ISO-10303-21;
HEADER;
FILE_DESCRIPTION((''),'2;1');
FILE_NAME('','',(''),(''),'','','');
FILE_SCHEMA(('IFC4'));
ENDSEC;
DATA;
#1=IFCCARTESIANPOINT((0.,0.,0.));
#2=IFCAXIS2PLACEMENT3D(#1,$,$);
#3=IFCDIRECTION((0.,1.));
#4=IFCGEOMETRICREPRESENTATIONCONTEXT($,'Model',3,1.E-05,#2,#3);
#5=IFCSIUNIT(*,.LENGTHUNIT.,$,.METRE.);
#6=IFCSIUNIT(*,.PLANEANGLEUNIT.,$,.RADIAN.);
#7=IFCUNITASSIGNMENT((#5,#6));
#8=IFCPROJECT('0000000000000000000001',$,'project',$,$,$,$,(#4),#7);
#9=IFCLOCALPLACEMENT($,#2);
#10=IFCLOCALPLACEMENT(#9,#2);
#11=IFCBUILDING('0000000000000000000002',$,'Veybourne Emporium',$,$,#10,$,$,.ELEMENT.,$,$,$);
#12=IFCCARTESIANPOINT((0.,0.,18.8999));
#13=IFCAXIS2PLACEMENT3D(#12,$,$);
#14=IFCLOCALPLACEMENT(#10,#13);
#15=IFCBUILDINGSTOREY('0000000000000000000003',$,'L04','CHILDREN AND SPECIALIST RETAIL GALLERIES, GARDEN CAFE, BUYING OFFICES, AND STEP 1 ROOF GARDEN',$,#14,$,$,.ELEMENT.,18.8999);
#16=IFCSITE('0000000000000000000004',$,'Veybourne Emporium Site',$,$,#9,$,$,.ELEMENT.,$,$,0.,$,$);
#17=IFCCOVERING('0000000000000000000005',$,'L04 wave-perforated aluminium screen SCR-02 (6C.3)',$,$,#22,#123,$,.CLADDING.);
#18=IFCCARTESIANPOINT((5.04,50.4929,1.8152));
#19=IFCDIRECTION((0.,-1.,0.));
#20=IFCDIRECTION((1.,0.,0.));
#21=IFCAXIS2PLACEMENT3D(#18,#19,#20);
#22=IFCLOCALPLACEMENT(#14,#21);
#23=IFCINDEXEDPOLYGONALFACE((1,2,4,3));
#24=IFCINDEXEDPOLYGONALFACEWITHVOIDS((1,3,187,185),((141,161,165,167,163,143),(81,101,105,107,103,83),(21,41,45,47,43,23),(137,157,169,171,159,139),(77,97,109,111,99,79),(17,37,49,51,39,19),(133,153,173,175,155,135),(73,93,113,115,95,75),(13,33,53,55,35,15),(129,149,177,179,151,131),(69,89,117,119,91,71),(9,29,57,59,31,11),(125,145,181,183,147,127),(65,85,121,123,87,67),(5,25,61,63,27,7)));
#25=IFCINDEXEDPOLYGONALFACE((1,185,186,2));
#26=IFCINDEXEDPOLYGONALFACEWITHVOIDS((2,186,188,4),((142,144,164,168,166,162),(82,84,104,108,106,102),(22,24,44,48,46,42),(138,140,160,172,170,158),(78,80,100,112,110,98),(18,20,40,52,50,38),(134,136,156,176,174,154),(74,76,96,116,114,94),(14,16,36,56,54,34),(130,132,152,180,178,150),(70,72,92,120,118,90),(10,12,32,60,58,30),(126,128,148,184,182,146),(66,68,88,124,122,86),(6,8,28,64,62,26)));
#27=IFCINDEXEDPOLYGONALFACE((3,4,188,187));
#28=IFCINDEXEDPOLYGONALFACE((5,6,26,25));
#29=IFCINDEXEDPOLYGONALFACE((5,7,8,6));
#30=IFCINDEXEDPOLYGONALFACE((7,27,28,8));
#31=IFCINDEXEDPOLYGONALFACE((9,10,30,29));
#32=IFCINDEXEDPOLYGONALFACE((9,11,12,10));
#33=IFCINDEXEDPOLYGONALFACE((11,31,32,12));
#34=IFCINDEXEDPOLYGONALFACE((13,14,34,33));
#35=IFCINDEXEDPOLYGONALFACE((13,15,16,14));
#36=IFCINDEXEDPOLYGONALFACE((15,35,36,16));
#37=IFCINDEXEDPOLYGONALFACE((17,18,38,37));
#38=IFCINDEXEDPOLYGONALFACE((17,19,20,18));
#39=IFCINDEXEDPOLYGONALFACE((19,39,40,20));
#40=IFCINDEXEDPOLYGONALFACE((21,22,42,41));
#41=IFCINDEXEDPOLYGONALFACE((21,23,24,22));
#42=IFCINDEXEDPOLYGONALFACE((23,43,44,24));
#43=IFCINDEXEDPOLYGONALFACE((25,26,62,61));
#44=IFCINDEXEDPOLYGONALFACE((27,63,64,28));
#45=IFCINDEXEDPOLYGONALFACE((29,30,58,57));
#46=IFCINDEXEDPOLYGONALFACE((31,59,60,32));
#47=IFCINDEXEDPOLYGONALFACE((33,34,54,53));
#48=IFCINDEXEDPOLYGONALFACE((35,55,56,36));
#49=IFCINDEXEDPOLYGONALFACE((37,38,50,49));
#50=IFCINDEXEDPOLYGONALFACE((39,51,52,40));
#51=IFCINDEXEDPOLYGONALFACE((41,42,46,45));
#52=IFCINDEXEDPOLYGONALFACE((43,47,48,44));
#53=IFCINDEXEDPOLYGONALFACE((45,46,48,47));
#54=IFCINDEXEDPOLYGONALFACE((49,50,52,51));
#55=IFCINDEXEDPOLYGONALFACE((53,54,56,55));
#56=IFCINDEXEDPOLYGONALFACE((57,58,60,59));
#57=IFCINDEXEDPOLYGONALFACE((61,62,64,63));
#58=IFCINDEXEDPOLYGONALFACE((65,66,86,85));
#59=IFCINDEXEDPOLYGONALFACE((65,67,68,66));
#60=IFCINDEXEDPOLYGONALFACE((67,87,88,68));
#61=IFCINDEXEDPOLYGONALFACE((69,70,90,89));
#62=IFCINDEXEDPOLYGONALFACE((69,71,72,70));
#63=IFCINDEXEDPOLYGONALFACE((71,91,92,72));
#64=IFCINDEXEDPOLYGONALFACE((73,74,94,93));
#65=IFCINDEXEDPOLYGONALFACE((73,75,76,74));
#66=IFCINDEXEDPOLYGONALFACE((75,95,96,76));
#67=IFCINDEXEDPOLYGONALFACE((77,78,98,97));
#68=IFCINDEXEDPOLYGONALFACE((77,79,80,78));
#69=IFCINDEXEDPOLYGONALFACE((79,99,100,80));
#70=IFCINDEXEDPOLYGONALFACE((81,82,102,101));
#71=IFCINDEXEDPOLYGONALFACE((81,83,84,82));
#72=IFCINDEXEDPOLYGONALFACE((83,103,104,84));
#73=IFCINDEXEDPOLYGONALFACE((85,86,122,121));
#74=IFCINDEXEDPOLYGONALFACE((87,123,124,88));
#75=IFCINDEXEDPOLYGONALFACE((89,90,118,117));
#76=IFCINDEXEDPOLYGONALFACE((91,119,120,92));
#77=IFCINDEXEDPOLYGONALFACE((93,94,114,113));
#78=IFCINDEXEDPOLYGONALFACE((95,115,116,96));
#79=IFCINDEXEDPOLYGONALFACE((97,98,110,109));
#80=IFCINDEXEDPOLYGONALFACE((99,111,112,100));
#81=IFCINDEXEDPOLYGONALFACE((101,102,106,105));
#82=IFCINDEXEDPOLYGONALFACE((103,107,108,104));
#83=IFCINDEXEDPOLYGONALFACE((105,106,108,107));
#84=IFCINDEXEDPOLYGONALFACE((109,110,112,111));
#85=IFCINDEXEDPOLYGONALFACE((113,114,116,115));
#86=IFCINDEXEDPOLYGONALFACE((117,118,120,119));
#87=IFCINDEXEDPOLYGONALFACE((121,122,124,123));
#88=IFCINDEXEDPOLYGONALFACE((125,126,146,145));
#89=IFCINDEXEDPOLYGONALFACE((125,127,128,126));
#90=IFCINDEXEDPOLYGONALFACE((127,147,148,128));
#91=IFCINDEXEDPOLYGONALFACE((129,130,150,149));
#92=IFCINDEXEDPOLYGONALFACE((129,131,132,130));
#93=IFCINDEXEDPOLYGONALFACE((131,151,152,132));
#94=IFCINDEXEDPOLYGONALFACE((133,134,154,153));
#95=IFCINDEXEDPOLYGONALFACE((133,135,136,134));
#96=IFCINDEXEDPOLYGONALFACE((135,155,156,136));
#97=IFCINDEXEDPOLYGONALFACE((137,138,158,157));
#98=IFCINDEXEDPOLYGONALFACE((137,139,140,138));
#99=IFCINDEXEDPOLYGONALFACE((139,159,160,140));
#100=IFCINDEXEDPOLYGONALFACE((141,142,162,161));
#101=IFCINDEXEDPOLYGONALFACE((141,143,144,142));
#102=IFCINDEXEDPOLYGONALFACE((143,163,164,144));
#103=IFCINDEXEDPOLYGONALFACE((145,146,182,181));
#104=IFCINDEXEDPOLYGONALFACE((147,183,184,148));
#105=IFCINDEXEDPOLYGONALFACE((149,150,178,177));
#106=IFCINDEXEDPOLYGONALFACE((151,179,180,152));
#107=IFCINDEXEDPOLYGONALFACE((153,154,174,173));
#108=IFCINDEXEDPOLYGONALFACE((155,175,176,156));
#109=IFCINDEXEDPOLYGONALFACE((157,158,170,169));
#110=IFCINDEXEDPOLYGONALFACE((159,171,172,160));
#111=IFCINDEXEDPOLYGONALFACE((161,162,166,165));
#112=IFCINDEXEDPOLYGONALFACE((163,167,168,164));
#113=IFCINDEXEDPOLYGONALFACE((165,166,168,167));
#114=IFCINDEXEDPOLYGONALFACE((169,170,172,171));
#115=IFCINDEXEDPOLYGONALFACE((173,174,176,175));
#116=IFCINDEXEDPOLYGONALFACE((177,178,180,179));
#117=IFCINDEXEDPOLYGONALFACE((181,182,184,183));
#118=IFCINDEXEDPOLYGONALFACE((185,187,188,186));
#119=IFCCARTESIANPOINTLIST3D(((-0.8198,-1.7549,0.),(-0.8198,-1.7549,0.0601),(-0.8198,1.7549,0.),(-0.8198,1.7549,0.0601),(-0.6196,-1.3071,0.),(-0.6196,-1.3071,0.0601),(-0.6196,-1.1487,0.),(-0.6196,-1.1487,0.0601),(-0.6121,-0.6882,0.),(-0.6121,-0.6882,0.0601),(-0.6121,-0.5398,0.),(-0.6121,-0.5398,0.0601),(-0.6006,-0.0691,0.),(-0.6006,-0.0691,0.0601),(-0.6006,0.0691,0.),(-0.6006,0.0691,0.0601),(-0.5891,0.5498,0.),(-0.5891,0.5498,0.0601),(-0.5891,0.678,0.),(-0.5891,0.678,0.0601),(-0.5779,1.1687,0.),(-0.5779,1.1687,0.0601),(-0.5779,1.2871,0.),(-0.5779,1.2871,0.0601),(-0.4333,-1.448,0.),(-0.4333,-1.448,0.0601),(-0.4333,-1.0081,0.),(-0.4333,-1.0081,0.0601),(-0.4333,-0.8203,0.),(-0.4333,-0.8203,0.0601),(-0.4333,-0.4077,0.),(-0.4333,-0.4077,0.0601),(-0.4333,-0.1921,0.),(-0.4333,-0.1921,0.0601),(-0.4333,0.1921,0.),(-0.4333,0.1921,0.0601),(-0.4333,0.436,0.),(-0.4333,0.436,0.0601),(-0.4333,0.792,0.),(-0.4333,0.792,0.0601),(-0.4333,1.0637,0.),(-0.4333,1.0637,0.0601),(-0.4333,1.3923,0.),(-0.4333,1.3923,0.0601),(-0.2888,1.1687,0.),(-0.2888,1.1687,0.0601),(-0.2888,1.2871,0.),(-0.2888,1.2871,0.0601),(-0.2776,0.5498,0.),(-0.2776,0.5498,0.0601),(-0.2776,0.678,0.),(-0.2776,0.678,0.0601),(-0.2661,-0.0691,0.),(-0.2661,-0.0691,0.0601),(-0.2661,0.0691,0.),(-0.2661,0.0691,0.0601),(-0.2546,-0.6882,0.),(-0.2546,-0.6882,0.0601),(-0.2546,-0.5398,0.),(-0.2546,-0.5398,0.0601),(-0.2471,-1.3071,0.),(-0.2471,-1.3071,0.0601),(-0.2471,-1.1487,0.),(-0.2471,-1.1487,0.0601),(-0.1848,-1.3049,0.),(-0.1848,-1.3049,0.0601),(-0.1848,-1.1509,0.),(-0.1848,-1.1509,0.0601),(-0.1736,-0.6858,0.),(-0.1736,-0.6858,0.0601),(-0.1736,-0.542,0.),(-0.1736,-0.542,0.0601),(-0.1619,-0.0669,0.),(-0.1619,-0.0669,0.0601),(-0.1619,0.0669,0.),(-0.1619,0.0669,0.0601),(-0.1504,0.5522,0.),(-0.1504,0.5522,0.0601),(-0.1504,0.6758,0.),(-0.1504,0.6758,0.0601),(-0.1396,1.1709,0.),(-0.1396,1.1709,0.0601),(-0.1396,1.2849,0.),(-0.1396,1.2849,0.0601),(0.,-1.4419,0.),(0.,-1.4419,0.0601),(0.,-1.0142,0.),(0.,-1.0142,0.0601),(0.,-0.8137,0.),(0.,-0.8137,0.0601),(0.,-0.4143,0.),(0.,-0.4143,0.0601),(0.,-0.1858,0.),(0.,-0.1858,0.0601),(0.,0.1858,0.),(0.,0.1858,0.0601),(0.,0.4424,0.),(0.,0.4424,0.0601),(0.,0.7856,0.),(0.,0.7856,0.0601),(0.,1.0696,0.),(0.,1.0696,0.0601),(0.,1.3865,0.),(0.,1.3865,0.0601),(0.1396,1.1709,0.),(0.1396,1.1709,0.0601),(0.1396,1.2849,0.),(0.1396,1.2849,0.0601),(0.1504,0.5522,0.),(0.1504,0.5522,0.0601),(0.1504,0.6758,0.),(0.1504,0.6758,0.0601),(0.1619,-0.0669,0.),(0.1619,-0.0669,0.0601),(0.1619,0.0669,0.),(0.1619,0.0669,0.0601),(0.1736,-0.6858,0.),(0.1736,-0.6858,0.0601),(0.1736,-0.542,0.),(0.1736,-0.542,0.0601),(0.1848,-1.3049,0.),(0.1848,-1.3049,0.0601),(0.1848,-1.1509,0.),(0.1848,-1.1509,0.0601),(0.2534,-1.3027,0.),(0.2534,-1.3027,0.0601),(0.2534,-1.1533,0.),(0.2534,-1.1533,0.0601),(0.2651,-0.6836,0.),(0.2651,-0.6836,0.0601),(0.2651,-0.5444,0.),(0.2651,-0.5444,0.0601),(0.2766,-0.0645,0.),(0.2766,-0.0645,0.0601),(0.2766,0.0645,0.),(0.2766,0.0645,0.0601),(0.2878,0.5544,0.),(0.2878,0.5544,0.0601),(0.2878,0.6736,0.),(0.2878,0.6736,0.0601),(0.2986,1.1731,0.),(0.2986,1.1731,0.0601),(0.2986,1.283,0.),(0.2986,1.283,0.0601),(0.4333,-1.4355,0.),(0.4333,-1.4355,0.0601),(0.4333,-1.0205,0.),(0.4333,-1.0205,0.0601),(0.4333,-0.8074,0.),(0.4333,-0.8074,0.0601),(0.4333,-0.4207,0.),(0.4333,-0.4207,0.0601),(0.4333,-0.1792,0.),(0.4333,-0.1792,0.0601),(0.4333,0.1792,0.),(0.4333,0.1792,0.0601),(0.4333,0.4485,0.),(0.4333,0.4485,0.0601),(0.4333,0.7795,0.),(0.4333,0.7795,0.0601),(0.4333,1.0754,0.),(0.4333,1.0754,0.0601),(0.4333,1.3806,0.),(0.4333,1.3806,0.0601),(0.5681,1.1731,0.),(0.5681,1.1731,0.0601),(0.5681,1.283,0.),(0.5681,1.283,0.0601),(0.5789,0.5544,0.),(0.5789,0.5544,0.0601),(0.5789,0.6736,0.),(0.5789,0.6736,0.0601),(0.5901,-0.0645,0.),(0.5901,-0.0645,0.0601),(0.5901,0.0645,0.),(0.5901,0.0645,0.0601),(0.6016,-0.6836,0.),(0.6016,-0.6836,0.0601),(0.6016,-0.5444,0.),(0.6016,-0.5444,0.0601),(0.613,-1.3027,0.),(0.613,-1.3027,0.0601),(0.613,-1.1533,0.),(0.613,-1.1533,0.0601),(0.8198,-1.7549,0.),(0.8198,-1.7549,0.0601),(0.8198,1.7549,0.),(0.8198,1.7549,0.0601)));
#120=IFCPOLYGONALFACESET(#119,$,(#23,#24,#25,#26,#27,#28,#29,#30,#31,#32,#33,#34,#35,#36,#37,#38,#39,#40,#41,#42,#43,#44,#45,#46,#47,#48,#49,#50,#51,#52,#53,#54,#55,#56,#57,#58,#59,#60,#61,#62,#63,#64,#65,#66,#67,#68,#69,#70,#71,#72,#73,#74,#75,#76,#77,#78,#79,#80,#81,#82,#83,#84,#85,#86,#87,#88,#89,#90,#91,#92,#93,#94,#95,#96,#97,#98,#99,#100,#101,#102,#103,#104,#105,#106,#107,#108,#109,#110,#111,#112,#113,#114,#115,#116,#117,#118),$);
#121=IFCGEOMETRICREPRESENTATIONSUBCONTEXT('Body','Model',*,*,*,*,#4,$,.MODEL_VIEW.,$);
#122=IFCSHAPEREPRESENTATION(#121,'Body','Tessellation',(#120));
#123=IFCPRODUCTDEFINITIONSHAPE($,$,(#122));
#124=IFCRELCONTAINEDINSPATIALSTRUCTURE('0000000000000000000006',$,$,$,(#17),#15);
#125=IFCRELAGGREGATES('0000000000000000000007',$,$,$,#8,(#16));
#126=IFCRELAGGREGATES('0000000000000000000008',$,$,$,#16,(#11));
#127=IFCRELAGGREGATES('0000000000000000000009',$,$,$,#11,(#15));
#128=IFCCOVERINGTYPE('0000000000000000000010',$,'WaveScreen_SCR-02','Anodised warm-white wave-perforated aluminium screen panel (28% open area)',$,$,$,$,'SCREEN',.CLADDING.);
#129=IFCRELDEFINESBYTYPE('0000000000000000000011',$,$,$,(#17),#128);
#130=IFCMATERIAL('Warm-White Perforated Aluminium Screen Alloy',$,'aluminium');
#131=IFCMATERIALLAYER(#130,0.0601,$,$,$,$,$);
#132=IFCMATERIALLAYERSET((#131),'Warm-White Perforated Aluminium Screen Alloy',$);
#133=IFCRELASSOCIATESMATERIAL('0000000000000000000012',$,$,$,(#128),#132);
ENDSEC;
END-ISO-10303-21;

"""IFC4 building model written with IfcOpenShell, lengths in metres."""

from ifc_helpers import new_model, si_unit, direction, frame, origin, place, context, subcontext, project, spatial, polyline, outline, extrude, material, layer, layer_set, type_object, element, save


model = new_model("IFC4")

# Units and contexts
model_context = context("Model", 3, precision=1e-05, world=origin(), true_north=direction((0.0, 1.0)))
body_context = subcontext(model_context, "Body", "Model", "MODEL_VIEW")
ifc_project = project(units=[si_unit("LENGTHUNIT", "METRE"), si_unit("PLANEANGLEUNIT", "RADIAN")], contexts=[model_context])

# Site, building, storey
site_placement = place(None, origin())
site = spatial("IfcSite", under=ifc_project, at=site_placement, Name="Veybourne Emporium Site", CompositionType="ELEMENT", RefElevation=0.0)
building_placement = place(site_placement, origin())
building = spatial("IfcBuilding", under=site, at=building_placement, Name="Veybourne Emporium", CompositionType="ELEMENT")
storey_placement = place(building_placement, frame((0.0, 0.0, 18.8999)))
storey = spatial("IfcBuildingStorey", under=building, at=storey_placement, Name="L04", Description="CHILDREN AND SPECIALIST RETAIL GALLERIES, GARDEN CAFE, BUYING OFFICES, AND STEP 1 ROOF GARDEN", CompositionType="ELEMENT", Elevation=18.8999)

# Covering
ifc_material_1 = material(Name="Warm-White Perforated Aluminium Screen Alloy", Category="aluminium")
ifc_layer_1 = layer(ifc_material_1, 0.0601)
ifc_layer_set_1 = layer_set([ifc_layer_1], Name="Warm-White Perforated Aluminium Screen Alloy")
covering_type_1 = type_object("IfcCoveringType", Name="WaveScreen_SCR-02", Description="Anodised warm-white wave-perforated aluminium screen panel (28% open area)", ElementType="SCREEN", PredefinedType="CLADDING", material=ifc_layer_set_1)
covering_1_placement = place(storey_placement, frame((5.04, 50.4929, 1.8152), z_axis=(0.0, -1.0, 0.0), x_axis=(1.0, 0.0, 0.0)))
element("IfcCovering", 1, at=covering_1_placement, inside=storey, type_object=covering_type_1, Name="L04 wave-perforated aluminium screen SCR-02 (6C.3)", PredefinedType="CLADDING", context=body_context, shape_type="SweptSolid", body=[
    extrude(outline(polyline([(-0.8198, -1.7549), (0.8198, -1.7549), (0.8198, 1.7549), (-0.8198, 1.7549), (-0.8198, -1.7549)]), holes=[polyline([(-0.4333, -1.0081), (-0.2471, -1.1487), (-0.2471, -1.3071), (-0.4333, -1.448), (-0.6196, -1.3071), (-0.6196, -1.1487), (-0.4333, -1.0081)]), polyline([(-0.4333, -0.4077), (-0.2546, -0.5398), (-0.2546, -0.6882), (-0.4333, -0.8203), (-0.6121, -0.6882), (-0.6121, -0.5398), (-0.4333, -0.4077)]), polyline([(-0.4333, 0.1921), (-0.2661, 0.0691), (-0.2661, -0.0691), (-0.4333, -0.1921), (-0.6006, -0.0691), (-0.6006, 0.0691), (-0.4333, 0.1921)]), polyline([(-0.4333, 0.792), (-0.2776, 0.678), (-0.2776, 0.5498), (-0.4333, 0.436), (-0.5891, 0.5498), (-0.5891, 0.678), (-0.4333, 0.792)]), polyline([(-0.4333, 1.3923), (-0.2888, 1.2871), (-0.2888, 1.1687), (-0.4333, 1.0637), (-0.5779, 1.1687), (-0.5779, 1.2871), (-0.4333, 1.3923)]), polyline([(0.0, -1.0142), (0.1848, -1.1509), (0.1848, -1.3049), (0.0, -1.4419), (-0.1848, -1.3049), (-0.1848, -1.1509), (0.0, -1.0142)]), polyline([(0.0, -0.4143), (0.1736, -0.542), (0.1736, -0.6858), (0.0, -0.8137), (-0.1736, -0.6858), (-0.1736, -0.542), (0.0, -0.4143)]), polyline([(0.0, 0.1858), (0.1619, 0.0669), (0.1619, -0.0669), (0.0, -0.1858), (-0.1619, -0.0669), (-0.1619, 0.0669), (0.0, 0.1858)]), polyline([(0.0, 0.7856), (0.1504, 0.6758), (0.1504, 0.5522), (0.0, 0.4424), (-0.1504, 0.5522), (-0.1504, 0.6758), (0.0, 0.7856)]), polyline([(0.0, 1.3865), (0.1396, 1.2849), (0.1396, 1.1709), (0.0, 1.0696), (-0.1396, 1.1709), (-0.1396, 1.2849), (0.0, 1.3865)]), polyline([(0.4333, -1.0205), (0.613, -1.1533), (0.613, -1.3027), (0.4333, -1.4355), (0.2534, -1.3027), (0.2534, -1.1533), (0.4333, -1.0205)]), polyline([(0.4333, -0.4207), (0.6016, -0.5444), (0.6016, -0.6836), (0.4333, -0.8074), (0.2651, -0.6836), (0.2651, -0.5444), (0.4333, -0.4207)]), polyline([(0.4333, 0.1792), (0.5901, 0.0645), (0.5901, -0.0645), (0.4333, -0.1792), (0.2766, -0.0645), (0.2766, 0.0645), (0.4333, 0.1792)]), polyline([(0.4333, 0.7795), (0.5789, 0.6736), (0.5789, 0.5544), (0.4333, 0.4485), (0.2878, 0.5544), (0.2878, 0.6736), (0.4333, 0.7795)]), polyline([(0.4333, 1.3806), (0.5681, 1.283), (0.5681, 1.1731), (0.4333, 1.0754), (0.2986, 1.1731), (0.2986, 1.283), (0.4333, 1.3806)])]), origin(), (0.0, 0.0, 1.0), 0.0601),
])

save(model, "model.ifc")
